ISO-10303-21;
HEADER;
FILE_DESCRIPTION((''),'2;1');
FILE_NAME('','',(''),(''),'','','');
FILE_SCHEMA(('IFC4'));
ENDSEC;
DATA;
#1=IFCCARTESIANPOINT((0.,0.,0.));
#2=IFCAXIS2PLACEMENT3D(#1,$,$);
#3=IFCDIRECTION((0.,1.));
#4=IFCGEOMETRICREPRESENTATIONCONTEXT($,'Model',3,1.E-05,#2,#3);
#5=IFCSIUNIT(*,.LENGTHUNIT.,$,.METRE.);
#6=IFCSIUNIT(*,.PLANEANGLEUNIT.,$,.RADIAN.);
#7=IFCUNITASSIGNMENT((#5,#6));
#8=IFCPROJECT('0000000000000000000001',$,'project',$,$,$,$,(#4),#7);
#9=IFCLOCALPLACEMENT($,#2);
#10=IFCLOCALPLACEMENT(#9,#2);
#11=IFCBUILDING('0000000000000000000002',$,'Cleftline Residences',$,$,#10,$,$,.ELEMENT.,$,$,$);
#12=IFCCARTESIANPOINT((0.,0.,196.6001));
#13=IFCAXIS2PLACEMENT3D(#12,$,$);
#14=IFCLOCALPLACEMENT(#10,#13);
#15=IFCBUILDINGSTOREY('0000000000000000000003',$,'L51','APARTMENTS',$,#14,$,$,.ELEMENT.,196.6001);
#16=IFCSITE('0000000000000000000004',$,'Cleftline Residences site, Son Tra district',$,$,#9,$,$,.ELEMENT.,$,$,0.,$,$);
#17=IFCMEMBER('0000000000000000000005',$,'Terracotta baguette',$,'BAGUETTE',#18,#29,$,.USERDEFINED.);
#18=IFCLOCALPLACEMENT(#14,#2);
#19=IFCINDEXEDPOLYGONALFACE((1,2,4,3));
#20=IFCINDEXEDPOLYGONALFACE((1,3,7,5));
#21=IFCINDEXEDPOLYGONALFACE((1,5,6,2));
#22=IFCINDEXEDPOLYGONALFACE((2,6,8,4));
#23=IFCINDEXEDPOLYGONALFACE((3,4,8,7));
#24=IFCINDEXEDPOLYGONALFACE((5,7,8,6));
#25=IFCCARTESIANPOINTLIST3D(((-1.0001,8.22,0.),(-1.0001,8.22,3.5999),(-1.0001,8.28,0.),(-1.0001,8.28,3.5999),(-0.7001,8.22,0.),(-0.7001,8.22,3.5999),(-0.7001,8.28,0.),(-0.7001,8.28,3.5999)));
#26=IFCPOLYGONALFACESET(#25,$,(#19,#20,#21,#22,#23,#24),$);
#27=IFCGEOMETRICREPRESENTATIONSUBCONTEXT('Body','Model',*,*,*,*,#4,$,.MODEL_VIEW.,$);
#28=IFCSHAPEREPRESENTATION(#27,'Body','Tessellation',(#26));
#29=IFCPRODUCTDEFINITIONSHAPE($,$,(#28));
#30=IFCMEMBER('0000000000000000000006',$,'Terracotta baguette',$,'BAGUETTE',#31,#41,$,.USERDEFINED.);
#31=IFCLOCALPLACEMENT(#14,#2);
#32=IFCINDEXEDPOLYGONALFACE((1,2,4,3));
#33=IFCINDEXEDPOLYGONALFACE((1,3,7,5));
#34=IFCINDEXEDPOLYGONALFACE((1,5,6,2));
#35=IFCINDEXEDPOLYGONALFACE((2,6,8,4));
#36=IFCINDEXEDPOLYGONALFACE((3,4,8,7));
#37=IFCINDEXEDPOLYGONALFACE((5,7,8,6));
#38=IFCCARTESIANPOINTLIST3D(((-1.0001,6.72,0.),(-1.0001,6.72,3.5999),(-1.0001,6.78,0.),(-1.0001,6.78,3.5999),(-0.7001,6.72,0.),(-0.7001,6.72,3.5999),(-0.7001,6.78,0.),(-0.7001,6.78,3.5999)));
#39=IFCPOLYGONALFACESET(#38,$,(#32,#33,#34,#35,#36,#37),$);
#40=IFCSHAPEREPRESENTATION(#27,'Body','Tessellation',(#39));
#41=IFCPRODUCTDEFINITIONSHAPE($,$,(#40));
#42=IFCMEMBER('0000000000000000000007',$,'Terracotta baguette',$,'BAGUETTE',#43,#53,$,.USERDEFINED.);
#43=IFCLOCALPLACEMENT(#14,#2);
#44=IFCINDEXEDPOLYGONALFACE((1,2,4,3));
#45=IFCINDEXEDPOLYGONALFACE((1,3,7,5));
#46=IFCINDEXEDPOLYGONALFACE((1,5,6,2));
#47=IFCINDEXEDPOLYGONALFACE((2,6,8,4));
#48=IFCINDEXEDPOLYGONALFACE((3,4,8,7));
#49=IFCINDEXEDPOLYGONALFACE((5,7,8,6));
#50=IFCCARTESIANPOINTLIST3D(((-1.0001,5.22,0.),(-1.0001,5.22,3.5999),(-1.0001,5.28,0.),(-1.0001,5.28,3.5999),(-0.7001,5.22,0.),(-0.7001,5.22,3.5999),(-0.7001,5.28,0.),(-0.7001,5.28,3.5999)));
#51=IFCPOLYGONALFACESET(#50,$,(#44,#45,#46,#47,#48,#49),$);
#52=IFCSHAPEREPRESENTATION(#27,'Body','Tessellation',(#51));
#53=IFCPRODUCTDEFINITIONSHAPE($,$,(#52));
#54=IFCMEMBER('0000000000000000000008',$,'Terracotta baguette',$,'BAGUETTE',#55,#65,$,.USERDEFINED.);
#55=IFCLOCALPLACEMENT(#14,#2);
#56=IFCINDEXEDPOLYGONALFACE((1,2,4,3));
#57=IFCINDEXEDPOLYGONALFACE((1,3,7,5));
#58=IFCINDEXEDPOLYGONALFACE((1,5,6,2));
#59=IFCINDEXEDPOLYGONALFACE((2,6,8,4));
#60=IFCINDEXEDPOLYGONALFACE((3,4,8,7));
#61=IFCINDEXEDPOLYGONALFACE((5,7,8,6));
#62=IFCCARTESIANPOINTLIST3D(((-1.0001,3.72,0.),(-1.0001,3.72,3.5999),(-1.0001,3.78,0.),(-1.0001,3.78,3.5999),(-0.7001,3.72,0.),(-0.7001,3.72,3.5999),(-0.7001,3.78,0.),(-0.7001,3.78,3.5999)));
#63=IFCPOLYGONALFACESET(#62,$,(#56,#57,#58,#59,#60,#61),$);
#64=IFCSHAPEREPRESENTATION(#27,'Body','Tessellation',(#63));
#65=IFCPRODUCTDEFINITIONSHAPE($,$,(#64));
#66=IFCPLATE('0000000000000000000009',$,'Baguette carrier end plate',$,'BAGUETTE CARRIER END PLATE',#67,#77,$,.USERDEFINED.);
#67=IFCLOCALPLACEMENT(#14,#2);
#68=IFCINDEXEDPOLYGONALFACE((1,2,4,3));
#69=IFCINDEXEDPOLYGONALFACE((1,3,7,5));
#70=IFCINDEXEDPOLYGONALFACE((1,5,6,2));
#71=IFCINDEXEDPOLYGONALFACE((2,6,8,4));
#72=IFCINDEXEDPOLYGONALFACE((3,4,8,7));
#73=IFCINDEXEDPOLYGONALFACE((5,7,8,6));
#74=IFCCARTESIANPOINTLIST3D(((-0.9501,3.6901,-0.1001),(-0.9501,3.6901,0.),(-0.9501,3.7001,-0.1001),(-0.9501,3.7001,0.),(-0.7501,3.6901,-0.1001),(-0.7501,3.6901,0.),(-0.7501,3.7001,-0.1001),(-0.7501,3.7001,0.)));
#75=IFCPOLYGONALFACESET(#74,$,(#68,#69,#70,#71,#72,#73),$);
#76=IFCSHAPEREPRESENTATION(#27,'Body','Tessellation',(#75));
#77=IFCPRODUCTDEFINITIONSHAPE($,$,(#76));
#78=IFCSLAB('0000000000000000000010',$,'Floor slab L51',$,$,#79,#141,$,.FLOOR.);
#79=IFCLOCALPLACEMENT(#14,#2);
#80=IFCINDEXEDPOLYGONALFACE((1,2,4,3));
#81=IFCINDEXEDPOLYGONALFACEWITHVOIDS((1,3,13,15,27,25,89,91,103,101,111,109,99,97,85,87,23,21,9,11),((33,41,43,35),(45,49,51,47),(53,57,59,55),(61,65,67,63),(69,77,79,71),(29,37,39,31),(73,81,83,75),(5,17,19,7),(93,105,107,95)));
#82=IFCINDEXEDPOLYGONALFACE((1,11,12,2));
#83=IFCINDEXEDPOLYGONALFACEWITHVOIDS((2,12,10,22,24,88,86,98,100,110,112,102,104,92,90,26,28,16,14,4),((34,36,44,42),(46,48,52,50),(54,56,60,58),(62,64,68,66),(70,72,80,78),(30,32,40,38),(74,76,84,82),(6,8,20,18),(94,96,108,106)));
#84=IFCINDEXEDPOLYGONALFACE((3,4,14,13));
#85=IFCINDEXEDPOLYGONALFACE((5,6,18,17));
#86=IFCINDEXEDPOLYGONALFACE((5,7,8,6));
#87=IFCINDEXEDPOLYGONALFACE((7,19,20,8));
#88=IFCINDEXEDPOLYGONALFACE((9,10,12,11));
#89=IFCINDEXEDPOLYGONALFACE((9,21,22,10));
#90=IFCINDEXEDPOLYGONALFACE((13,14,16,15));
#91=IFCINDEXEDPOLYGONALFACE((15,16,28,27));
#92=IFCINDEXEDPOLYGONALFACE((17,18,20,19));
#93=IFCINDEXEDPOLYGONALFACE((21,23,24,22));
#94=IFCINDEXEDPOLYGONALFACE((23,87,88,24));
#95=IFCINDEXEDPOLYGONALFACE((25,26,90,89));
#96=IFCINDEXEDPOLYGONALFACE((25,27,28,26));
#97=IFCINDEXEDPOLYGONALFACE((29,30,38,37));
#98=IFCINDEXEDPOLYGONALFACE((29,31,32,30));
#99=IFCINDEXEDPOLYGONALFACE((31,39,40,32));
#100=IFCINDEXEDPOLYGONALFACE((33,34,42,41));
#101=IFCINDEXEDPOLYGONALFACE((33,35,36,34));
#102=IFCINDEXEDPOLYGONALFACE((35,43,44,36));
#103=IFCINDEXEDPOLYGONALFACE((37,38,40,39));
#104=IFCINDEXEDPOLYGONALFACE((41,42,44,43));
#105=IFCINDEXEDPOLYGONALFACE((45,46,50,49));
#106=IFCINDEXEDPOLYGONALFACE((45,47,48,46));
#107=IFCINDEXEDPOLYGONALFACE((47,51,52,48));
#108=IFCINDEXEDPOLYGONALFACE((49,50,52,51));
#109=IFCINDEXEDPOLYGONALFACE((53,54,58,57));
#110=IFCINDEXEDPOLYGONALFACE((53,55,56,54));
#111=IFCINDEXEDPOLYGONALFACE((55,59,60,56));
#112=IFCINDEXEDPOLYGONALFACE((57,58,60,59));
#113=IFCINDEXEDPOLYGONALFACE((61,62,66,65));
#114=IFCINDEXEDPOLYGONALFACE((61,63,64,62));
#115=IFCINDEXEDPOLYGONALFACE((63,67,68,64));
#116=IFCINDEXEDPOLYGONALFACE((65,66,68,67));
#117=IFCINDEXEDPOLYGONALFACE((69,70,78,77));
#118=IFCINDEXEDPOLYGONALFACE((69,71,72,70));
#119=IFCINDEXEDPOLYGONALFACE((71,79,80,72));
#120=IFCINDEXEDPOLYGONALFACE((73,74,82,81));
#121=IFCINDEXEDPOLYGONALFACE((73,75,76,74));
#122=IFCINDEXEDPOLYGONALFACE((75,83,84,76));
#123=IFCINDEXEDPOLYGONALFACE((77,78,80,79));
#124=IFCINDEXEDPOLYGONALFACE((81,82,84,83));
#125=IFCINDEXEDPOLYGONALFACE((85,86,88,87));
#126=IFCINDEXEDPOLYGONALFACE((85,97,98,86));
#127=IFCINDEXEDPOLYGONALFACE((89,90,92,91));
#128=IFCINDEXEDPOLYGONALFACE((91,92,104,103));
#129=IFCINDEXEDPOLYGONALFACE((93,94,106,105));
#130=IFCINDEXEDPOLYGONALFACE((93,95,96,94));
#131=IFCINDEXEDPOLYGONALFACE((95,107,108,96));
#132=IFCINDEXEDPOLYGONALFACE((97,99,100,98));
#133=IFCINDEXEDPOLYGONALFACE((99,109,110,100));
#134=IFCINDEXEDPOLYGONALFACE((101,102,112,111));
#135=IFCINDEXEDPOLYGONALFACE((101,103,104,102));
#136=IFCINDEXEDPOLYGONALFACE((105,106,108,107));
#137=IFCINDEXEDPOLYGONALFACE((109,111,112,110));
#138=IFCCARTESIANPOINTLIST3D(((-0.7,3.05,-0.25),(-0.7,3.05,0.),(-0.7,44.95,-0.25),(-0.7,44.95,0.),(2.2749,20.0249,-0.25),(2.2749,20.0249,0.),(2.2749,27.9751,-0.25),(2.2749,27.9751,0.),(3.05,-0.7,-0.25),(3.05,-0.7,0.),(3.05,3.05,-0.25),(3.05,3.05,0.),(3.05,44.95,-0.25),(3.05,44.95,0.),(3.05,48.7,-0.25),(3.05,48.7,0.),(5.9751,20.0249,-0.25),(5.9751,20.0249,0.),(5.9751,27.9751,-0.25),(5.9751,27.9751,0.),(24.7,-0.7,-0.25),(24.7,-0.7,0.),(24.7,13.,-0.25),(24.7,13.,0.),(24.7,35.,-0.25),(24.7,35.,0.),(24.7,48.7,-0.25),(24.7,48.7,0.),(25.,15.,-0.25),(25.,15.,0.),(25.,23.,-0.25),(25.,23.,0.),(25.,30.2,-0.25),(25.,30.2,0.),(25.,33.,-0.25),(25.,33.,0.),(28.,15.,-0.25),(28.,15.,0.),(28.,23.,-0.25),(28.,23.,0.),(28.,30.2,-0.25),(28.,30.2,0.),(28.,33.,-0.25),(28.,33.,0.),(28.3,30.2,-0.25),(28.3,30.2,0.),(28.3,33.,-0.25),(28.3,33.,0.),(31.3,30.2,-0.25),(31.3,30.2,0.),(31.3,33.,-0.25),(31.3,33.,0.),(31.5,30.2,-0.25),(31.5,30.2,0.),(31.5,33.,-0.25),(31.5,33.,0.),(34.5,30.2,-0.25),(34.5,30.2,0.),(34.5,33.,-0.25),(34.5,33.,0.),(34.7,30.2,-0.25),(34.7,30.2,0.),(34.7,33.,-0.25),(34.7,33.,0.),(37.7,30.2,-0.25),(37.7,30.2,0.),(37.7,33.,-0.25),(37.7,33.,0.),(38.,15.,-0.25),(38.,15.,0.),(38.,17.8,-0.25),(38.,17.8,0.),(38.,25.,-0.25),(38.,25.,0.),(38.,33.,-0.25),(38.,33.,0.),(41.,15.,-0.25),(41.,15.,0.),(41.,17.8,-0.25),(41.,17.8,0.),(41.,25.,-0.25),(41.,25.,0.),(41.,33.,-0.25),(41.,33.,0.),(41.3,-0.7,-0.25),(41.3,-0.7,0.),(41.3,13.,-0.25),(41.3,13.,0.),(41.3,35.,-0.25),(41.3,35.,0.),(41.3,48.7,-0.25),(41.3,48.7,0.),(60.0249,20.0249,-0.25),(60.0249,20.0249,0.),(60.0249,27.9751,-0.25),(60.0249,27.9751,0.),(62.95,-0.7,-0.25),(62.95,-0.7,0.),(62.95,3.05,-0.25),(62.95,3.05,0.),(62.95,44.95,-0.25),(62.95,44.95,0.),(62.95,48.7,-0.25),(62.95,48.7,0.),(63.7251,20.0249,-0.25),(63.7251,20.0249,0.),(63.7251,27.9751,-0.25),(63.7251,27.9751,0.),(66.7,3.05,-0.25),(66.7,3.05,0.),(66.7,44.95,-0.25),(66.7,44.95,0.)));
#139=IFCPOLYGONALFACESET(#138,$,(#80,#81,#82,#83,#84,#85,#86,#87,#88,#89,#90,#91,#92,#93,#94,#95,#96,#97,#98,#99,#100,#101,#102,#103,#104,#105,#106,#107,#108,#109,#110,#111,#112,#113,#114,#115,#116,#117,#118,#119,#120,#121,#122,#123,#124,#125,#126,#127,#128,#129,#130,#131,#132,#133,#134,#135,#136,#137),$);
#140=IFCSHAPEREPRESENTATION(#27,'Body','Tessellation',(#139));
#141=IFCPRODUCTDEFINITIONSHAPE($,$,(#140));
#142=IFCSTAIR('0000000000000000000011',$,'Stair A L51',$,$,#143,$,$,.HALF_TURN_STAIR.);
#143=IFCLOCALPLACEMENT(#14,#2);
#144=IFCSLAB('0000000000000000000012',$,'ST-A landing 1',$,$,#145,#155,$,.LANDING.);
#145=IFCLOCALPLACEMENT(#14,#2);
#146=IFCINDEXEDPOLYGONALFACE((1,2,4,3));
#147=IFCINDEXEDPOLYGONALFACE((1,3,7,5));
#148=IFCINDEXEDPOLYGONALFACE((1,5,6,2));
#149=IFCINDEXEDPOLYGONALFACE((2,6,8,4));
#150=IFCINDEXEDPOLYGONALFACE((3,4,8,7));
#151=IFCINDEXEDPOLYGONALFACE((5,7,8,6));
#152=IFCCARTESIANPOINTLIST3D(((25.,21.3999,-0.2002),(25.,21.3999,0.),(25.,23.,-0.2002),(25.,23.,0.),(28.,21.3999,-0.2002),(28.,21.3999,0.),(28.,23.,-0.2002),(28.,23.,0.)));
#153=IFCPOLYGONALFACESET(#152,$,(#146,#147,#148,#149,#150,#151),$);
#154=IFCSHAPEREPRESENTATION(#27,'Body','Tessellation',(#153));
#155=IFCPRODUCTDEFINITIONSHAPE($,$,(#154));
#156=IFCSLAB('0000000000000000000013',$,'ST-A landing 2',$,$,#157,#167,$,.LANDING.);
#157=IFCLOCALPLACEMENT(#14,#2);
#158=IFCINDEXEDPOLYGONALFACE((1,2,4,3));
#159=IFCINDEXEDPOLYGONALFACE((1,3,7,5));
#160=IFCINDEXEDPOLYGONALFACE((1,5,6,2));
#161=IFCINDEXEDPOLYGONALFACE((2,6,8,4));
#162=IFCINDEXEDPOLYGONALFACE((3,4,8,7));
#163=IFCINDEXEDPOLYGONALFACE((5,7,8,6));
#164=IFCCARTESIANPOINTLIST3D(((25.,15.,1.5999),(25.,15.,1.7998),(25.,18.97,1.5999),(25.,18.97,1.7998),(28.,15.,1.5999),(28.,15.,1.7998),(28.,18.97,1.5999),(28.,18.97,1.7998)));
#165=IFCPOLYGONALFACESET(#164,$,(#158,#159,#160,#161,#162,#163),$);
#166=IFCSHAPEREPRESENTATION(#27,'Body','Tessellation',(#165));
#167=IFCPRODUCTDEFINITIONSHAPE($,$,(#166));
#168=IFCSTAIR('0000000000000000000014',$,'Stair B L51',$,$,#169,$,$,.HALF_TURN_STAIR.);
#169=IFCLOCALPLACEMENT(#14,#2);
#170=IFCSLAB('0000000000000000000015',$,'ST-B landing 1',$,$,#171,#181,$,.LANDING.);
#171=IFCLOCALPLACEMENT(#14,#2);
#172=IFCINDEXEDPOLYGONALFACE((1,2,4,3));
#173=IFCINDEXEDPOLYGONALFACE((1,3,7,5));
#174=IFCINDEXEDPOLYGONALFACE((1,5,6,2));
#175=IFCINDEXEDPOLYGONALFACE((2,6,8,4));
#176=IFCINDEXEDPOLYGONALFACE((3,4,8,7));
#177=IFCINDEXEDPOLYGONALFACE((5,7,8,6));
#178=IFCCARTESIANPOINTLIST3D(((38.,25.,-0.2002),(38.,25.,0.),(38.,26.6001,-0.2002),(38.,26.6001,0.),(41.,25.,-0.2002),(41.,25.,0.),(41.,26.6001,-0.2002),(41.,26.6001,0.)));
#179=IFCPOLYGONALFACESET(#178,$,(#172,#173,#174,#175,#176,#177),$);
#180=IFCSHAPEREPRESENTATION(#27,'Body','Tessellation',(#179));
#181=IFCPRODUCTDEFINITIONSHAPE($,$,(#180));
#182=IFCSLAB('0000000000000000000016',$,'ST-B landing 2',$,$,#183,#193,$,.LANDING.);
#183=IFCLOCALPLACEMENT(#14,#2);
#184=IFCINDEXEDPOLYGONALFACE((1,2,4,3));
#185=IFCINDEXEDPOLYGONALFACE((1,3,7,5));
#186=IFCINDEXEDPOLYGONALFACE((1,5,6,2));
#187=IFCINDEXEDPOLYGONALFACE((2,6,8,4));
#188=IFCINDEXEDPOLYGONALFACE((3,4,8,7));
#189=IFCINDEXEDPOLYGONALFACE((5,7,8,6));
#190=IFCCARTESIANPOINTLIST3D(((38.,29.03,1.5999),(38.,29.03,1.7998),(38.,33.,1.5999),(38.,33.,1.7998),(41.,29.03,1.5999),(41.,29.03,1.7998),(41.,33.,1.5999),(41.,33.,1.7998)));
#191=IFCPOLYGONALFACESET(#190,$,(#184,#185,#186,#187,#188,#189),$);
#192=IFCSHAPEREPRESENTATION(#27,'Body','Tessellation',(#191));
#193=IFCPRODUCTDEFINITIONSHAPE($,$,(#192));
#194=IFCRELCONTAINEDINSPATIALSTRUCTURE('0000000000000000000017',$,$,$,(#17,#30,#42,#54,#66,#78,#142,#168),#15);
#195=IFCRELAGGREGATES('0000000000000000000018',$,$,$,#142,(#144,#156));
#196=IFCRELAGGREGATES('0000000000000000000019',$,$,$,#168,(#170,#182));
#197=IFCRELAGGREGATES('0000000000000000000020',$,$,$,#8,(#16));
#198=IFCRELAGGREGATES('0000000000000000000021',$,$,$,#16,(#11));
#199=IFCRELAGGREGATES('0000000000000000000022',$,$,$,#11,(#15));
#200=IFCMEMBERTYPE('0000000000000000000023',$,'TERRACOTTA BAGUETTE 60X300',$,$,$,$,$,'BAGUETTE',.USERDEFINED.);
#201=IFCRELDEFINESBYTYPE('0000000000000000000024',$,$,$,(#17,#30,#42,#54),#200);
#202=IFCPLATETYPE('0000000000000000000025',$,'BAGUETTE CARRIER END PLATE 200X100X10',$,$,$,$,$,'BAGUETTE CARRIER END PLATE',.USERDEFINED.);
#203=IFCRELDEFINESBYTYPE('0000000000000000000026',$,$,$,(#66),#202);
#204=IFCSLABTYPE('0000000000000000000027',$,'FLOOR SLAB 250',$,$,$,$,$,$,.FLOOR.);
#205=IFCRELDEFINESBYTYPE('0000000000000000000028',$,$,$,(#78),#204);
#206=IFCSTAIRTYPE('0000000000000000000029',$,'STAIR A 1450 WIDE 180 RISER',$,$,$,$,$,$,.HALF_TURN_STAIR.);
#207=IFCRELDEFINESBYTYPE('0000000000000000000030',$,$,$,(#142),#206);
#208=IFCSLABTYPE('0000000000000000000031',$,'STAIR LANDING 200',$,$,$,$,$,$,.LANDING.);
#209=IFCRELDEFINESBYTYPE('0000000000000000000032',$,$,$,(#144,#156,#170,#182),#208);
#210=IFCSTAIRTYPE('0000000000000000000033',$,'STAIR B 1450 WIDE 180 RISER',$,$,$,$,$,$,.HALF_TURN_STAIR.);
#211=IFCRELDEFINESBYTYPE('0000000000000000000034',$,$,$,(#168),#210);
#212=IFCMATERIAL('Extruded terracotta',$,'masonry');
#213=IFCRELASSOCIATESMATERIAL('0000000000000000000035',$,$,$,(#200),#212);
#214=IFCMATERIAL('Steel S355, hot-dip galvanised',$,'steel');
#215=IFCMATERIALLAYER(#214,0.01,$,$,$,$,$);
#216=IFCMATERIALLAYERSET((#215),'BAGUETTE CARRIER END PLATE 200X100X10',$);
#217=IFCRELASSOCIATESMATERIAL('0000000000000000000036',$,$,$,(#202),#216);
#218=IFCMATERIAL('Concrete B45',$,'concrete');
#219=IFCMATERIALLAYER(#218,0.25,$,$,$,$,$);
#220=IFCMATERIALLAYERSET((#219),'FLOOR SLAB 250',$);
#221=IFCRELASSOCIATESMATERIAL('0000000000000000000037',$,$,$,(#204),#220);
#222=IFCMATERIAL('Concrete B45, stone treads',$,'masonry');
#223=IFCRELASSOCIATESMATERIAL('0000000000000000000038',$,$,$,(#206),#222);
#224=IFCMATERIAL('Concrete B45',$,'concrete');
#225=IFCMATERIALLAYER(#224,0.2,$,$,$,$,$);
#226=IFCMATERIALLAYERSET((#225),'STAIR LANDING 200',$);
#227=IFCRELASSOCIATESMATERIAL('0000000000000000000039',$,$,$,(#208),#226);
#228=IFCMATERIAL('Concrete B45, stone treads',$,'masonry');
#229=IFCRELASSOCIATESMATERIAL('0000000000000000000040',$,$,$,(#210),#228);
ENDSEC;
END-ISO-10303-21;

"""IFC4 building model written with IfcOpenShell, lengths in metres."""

from ifc_helpers import new_model, si_unit, direction, frame, origin, origin_2d, place, context, subcontext, project, spatial, polyline, rectangle, outline, extrude, material, layer, layer_set, material_profile, profile_set, type_object, element, aggregate, save


model = new_model("IFC4")

# Units and contexts
model_context = context("Model", 3, precision=1e-05, world=origin(), true_north=direction((0.0, 1.0)))
body_context = subcontext(model_context, "Body", "Model", "MODEL_VIEW")
ifc_project = project(units=[si_unit("LENGTHUNIT", "METRE"), si_unit("PLANEANGLEUNIT", "RADIAN")], contexts=[model_context])

# Site, building, storey
site_placement = place(None, origin())
site = spatial("IfcSite", under=ifc_project, at=site_placement, Name="Cleftline Residences site, Son Tra district", CompositionType="ELEMENT", RefElevation=0.0)
building_placement = place(site_placement, origin())
building = spatial("IfcBuilding", under=site, at=building_placement, Name="Cleftline Residences", CompositionType="ELEMENT")
storey_placement = place(building_placement, frame((0.0, 0.0, 196.6001)))
storey = spatial("IfcBuildingStorey", under=building, at=storey_placement, Name="L51", Description="APARTMENTS", CompositionType="ELEMENT", Elevation=196.6001)

# Members
ifc_material_1 = material(Name="Extruded terracotta", Category="masonry")
ifc_material_profile_1 = material_profile(ifc_material_1, rectangle(XDim=0.0601, YDim=0.3, at=origin_2d()))
ifc_profile_set_1 = profile_set([ifc_material_profile_1], Name="Extruded terracotta")
member_type_1 = type_object("IfcMemberType", Name="TERRACOTTA BAGUETTE 60X300", ElementType="BAGUETTE", PredefinedType="USERDEFINED", material=ifc_profile_set_1)
for number, where, z_axis, x_axis, name in (
    (1, (-0.8501, 8.25, 0.0), (0.0, 0.0, 1.0), (0.0, 1.0, 0.0), "Terracotta baguette"),
    (2, (-0.8501, 6.75, 0.0), (0.0, 0.0, 1.0), (0.0, 1.0, 0.0), "Terracotta baguette"),
    (3, (-0.8501, 5.25, 0.0), (0.0, 0.0, 1.0), (0.0, 1.0, 0.0), "Terracotta baguette"),
    (4, (-0.8501, 3.75, 0.0), (0.0, 0.0, 1.0), (0.0, 1.0, 0.0), "Terracotta baguette"),
):
    element("IfcMember", number, at=place(storey_placement, frame(where, z_axis=z_axis, x_axis=x_axis)), inside=storey, type_object=member_type_1, Name=name, ObjectType="BAGUETTE", PredefinedType="USERDEFINED", context=body_context, shape_type="SweptSolid", body=[
        extrude(rectangle(XDim=0.0601, YDim=0.3, at=origin_2d()), origin(), (0.0, 0.0, 1.0), 3.5999),
    ])

# Plate
ifc_material_2 = material(Name="Steel S355, hot-dip galvanised", Category="steel")
ifc_layer_1 = layer(ifc_material_2, 0.01)
ifc_layer_set_1 = layer_set([ifc_layer_1], Name="BAGUETTE CARRIER END PLATE 200X100X10")
plate_type = type_object("IfcPlateType", Name="BAGUETTE CARRIER END PLATE 200X100X10", ElementType="BAGUETTE CARRIER END PLATE", PredefinedType="USERDEFINED", material=ifc_layer_set_1)
plate_placement = place(storey_placement, frame((-0.8501, 3.6951, -0.1001), z_axis=(0.0, 0.0, 1.0), x_axis=(-1.0, 0.0, 0.0)))
element("IfcPlate", 5, at=plate_placement, inside=storey, type_object=plate_type, Name="Baguette carrier end plate", ObjectType="BAGUETTE CARRIER END PLATE", PredefinedType="USERDEFINED", context=body_context, shape_type="SweptSolid", body=[
    extrude(rectangle(XDim=0.2, YDim=0.01, at=origin_2d()), origin(), (0.0, 0.0, 1.0), 0.1001),
])

# Slab
ifc_material_3 = material(Name="Concrete B45", Category="concrete")
ifc_layer_2 = layer(ifc_material_3, 0.25)
ifc_layer_set_2 = layer_set([ifc_layer_2], Name="FLOOR SLAB 250")
slab_type_1 = type_object("IfcSlabType", Name="FLOOR SLAB 250", PredefinedType="FLOOR", material=ifc_layer_set_2)
slab_1_placement = place(storey_placement, frame((0.0, 0.0, -0.25)))
element("IfcSlab", 6, at=slab_1_placement, inside=storey, type_object=slab_type_1, Name="Floor slab L51", PredefinedType="FLOOR", context=body_context, shape_type="SweptSolid", body=[
    extrude(outline(polyline([(24.7, 13.0), (41.3, 13.0), (41.3, -0.7), (62.95, -0.7), (62.95, 3.05), (66.7, 3.05), (66.7, 44.95), (62.95, 44.95), (62.95, 48.7), (41.3, 48.7), (41.3, 35.0), (24.7, 35.0), (24.7, 48.7), (3.05, 48.7), (3.05, 44.95), (-0.7, 44.95), (-0.7, 3.05), (3.05, 3.05), (3.05, -0.7), (24.7, -0.7), (24.7, 13.0)]), holes=[polyline([(28.0, 15.0), (28.0, 23.0), (25.0, 23.0), (25.0, 15.0), (28.0, 15.0)]), polyline([(41.0, 25.0), (41.0, 33.0), (38.0, 33.0), (38.0, 25.0), (41.0, 25.0)]), polyline([(28.0, 30.2), (28.0, 33.0), (25.0, 33.0), (25.0, 30.2), (28.0, 30.2)]), polyline([(41.0, 15.0), (41.0, 17.8), (38.0, 17.8), (38.0, 15.0), (41.0, 15.0)]), polyline([(31.3, 30.2), (31.3, 33.0), (28.3, 33.0), (28.3, 30.2), (31.3, 30.2)]), polyline([(34.5, 30.2), (34.5, 33.0), (31.5, 33.0), (31.5, 30.2), (34.5, 30.2)]), polyline([(37.7, 30.2), (37.7, 33.0), (34.7, 33.0), (34.7, 30.2), (37.7, 30.2)]), polyline([(63.7251, 20.0249), (63.7251, 27.9751), (60.0249, 27.9751), (60.0249, 20.0249), (63.7251, 20.0249)]), polyline([(5.9751, 20.0249), (5.9751, 27.9751), (2.2749, 27.9751), (2.2749, 20.0249), (5.9751, 20.0249)])]), origin(), (0.0, 0.0, 1.0), 0.25),
])

# Stairs, slabs
ifc_material_4 = material(Name="Concrete B45, stone treads", Category="masonry")
stair_type_1 = type_object("IfcStairType", Name="STAIR A 1450 WIDE 180 RISER", PredefinedType="HALF_TURN_STAIR", material=ifc_material_4)
stair_1_placement = place(storey_placement, origin())
stair_1 = element("IfcStair", 7, at=stair_1_placement, inside=storey, type_object=stair_type_1, Name="Stair A L51", PredefinedType="HALF_TURN_STAIR")
ifc_material_5 = material(Name="Concrete B45", Category="concrete")
ifc_layer_3 = layer(ifc_material_5, 0.2)
ifc_layer_set_3 = layer_set([ifc_layer_3], Name="STAIR LANDING 200")
slab_type_2 = type_object("IfcSlabType", Name="STAIR LANDING 200", PredefinedType="LANDING", material=ifc_layer_set_3)
slab_2_placement = place(storey_placement, frame((0.0, 0.0, -0.2002)))
slab_2 = element("IfcSlab", 8, at=slab_2_placement, type_object=slab_type_2, Name="ST-A landing 1", PredefinedType="LANDING", context=body_context, shape_type="SweptSolid", body=[
    extrude(outline(polyline([(25.0, 21.3999), (28.0, 21.3999), (28.0, 23.0), (25.0, 23.0), (25.0, 21.3999)])), origin(), (0.0, 0.0, 1.0), 0.2002),
])
slab_3_placement = place(storey_placement, frame((0.0, 0.0, 1.5999)))
slab_3 = element("IfcSlab", 9, at=slab_3_placement, type_object=slab_type_2, Name="ST-A landing 2", PredefinedType="LANDING", context=body_context, shape_type="SweptSolid", body=[
    extrude(outline(polyline([(25.0, 15.0), (28.0, 15.0), (28.0, 18.97), (25.0, 18.97), (25.0, 15.0)])), origin(), (0.0, 0.0, 1.0), 0.2),
])
aggregate(stair_1, [slab_2, slab_3])
ifc_material_6 = material(Name="Concrete B45, stone treads", Category="masonry")
stair_type_2 = type_object("IfcStairType", Name="STAIR B 1450 WIDE 180 RISER", PredefinedType="HALF_TURN_STAIR", material=ifc_material_6)
stair_2_placement = place(storey_placement, origin())
stair_2 = element("IfcStair", 10, at=stair_2_placement, inside=storey, type_object=stair_type_2, Name="Stair B L51", PredefinedType="HALF_TURN_STAIR")
slab_4_placement = place(storey_placement, frame((0.0, 0.0, -0.2002)))
slab_4 = element("IfcSlab", 11, at=slab_4_placement, type_object=slab_type_2, Name="ST-B landing 1", PredefinedType="LANDING", context=body_context, shape_type="SweptSolid", body=[
    extrude(outline(polyline([(38.0, 25.0), (41.0, 25.0), (41.0, 26.6001), (38.0, 26.6001), (38.0, 25.0)])), origin(), (0.0, 0.0, 1.0), 0.2002),
])
slab_5_placement = place(storey_placement, frame((0.0, 0.0, 1.5999)))
slab_5 = element("IfcSlab", 12, at=slab_5_placement, type_object=slab_type_2, Name="ST-B landing 2", PredefinedType="LANDING", context=body_context, shape_type="SweptSolid", body=[
    extrude(outline(polyline([(38.0, 29.03), (41.0, 29.03), (41.0, 33.0), (38.0, 33.0), (38.0, 29.03)])), origin(), (0.0, 0.0, 1.0), 0.2),
])
aggregate(stair_2, [slab_4, slab_5])

save(model, "model.ifc")
